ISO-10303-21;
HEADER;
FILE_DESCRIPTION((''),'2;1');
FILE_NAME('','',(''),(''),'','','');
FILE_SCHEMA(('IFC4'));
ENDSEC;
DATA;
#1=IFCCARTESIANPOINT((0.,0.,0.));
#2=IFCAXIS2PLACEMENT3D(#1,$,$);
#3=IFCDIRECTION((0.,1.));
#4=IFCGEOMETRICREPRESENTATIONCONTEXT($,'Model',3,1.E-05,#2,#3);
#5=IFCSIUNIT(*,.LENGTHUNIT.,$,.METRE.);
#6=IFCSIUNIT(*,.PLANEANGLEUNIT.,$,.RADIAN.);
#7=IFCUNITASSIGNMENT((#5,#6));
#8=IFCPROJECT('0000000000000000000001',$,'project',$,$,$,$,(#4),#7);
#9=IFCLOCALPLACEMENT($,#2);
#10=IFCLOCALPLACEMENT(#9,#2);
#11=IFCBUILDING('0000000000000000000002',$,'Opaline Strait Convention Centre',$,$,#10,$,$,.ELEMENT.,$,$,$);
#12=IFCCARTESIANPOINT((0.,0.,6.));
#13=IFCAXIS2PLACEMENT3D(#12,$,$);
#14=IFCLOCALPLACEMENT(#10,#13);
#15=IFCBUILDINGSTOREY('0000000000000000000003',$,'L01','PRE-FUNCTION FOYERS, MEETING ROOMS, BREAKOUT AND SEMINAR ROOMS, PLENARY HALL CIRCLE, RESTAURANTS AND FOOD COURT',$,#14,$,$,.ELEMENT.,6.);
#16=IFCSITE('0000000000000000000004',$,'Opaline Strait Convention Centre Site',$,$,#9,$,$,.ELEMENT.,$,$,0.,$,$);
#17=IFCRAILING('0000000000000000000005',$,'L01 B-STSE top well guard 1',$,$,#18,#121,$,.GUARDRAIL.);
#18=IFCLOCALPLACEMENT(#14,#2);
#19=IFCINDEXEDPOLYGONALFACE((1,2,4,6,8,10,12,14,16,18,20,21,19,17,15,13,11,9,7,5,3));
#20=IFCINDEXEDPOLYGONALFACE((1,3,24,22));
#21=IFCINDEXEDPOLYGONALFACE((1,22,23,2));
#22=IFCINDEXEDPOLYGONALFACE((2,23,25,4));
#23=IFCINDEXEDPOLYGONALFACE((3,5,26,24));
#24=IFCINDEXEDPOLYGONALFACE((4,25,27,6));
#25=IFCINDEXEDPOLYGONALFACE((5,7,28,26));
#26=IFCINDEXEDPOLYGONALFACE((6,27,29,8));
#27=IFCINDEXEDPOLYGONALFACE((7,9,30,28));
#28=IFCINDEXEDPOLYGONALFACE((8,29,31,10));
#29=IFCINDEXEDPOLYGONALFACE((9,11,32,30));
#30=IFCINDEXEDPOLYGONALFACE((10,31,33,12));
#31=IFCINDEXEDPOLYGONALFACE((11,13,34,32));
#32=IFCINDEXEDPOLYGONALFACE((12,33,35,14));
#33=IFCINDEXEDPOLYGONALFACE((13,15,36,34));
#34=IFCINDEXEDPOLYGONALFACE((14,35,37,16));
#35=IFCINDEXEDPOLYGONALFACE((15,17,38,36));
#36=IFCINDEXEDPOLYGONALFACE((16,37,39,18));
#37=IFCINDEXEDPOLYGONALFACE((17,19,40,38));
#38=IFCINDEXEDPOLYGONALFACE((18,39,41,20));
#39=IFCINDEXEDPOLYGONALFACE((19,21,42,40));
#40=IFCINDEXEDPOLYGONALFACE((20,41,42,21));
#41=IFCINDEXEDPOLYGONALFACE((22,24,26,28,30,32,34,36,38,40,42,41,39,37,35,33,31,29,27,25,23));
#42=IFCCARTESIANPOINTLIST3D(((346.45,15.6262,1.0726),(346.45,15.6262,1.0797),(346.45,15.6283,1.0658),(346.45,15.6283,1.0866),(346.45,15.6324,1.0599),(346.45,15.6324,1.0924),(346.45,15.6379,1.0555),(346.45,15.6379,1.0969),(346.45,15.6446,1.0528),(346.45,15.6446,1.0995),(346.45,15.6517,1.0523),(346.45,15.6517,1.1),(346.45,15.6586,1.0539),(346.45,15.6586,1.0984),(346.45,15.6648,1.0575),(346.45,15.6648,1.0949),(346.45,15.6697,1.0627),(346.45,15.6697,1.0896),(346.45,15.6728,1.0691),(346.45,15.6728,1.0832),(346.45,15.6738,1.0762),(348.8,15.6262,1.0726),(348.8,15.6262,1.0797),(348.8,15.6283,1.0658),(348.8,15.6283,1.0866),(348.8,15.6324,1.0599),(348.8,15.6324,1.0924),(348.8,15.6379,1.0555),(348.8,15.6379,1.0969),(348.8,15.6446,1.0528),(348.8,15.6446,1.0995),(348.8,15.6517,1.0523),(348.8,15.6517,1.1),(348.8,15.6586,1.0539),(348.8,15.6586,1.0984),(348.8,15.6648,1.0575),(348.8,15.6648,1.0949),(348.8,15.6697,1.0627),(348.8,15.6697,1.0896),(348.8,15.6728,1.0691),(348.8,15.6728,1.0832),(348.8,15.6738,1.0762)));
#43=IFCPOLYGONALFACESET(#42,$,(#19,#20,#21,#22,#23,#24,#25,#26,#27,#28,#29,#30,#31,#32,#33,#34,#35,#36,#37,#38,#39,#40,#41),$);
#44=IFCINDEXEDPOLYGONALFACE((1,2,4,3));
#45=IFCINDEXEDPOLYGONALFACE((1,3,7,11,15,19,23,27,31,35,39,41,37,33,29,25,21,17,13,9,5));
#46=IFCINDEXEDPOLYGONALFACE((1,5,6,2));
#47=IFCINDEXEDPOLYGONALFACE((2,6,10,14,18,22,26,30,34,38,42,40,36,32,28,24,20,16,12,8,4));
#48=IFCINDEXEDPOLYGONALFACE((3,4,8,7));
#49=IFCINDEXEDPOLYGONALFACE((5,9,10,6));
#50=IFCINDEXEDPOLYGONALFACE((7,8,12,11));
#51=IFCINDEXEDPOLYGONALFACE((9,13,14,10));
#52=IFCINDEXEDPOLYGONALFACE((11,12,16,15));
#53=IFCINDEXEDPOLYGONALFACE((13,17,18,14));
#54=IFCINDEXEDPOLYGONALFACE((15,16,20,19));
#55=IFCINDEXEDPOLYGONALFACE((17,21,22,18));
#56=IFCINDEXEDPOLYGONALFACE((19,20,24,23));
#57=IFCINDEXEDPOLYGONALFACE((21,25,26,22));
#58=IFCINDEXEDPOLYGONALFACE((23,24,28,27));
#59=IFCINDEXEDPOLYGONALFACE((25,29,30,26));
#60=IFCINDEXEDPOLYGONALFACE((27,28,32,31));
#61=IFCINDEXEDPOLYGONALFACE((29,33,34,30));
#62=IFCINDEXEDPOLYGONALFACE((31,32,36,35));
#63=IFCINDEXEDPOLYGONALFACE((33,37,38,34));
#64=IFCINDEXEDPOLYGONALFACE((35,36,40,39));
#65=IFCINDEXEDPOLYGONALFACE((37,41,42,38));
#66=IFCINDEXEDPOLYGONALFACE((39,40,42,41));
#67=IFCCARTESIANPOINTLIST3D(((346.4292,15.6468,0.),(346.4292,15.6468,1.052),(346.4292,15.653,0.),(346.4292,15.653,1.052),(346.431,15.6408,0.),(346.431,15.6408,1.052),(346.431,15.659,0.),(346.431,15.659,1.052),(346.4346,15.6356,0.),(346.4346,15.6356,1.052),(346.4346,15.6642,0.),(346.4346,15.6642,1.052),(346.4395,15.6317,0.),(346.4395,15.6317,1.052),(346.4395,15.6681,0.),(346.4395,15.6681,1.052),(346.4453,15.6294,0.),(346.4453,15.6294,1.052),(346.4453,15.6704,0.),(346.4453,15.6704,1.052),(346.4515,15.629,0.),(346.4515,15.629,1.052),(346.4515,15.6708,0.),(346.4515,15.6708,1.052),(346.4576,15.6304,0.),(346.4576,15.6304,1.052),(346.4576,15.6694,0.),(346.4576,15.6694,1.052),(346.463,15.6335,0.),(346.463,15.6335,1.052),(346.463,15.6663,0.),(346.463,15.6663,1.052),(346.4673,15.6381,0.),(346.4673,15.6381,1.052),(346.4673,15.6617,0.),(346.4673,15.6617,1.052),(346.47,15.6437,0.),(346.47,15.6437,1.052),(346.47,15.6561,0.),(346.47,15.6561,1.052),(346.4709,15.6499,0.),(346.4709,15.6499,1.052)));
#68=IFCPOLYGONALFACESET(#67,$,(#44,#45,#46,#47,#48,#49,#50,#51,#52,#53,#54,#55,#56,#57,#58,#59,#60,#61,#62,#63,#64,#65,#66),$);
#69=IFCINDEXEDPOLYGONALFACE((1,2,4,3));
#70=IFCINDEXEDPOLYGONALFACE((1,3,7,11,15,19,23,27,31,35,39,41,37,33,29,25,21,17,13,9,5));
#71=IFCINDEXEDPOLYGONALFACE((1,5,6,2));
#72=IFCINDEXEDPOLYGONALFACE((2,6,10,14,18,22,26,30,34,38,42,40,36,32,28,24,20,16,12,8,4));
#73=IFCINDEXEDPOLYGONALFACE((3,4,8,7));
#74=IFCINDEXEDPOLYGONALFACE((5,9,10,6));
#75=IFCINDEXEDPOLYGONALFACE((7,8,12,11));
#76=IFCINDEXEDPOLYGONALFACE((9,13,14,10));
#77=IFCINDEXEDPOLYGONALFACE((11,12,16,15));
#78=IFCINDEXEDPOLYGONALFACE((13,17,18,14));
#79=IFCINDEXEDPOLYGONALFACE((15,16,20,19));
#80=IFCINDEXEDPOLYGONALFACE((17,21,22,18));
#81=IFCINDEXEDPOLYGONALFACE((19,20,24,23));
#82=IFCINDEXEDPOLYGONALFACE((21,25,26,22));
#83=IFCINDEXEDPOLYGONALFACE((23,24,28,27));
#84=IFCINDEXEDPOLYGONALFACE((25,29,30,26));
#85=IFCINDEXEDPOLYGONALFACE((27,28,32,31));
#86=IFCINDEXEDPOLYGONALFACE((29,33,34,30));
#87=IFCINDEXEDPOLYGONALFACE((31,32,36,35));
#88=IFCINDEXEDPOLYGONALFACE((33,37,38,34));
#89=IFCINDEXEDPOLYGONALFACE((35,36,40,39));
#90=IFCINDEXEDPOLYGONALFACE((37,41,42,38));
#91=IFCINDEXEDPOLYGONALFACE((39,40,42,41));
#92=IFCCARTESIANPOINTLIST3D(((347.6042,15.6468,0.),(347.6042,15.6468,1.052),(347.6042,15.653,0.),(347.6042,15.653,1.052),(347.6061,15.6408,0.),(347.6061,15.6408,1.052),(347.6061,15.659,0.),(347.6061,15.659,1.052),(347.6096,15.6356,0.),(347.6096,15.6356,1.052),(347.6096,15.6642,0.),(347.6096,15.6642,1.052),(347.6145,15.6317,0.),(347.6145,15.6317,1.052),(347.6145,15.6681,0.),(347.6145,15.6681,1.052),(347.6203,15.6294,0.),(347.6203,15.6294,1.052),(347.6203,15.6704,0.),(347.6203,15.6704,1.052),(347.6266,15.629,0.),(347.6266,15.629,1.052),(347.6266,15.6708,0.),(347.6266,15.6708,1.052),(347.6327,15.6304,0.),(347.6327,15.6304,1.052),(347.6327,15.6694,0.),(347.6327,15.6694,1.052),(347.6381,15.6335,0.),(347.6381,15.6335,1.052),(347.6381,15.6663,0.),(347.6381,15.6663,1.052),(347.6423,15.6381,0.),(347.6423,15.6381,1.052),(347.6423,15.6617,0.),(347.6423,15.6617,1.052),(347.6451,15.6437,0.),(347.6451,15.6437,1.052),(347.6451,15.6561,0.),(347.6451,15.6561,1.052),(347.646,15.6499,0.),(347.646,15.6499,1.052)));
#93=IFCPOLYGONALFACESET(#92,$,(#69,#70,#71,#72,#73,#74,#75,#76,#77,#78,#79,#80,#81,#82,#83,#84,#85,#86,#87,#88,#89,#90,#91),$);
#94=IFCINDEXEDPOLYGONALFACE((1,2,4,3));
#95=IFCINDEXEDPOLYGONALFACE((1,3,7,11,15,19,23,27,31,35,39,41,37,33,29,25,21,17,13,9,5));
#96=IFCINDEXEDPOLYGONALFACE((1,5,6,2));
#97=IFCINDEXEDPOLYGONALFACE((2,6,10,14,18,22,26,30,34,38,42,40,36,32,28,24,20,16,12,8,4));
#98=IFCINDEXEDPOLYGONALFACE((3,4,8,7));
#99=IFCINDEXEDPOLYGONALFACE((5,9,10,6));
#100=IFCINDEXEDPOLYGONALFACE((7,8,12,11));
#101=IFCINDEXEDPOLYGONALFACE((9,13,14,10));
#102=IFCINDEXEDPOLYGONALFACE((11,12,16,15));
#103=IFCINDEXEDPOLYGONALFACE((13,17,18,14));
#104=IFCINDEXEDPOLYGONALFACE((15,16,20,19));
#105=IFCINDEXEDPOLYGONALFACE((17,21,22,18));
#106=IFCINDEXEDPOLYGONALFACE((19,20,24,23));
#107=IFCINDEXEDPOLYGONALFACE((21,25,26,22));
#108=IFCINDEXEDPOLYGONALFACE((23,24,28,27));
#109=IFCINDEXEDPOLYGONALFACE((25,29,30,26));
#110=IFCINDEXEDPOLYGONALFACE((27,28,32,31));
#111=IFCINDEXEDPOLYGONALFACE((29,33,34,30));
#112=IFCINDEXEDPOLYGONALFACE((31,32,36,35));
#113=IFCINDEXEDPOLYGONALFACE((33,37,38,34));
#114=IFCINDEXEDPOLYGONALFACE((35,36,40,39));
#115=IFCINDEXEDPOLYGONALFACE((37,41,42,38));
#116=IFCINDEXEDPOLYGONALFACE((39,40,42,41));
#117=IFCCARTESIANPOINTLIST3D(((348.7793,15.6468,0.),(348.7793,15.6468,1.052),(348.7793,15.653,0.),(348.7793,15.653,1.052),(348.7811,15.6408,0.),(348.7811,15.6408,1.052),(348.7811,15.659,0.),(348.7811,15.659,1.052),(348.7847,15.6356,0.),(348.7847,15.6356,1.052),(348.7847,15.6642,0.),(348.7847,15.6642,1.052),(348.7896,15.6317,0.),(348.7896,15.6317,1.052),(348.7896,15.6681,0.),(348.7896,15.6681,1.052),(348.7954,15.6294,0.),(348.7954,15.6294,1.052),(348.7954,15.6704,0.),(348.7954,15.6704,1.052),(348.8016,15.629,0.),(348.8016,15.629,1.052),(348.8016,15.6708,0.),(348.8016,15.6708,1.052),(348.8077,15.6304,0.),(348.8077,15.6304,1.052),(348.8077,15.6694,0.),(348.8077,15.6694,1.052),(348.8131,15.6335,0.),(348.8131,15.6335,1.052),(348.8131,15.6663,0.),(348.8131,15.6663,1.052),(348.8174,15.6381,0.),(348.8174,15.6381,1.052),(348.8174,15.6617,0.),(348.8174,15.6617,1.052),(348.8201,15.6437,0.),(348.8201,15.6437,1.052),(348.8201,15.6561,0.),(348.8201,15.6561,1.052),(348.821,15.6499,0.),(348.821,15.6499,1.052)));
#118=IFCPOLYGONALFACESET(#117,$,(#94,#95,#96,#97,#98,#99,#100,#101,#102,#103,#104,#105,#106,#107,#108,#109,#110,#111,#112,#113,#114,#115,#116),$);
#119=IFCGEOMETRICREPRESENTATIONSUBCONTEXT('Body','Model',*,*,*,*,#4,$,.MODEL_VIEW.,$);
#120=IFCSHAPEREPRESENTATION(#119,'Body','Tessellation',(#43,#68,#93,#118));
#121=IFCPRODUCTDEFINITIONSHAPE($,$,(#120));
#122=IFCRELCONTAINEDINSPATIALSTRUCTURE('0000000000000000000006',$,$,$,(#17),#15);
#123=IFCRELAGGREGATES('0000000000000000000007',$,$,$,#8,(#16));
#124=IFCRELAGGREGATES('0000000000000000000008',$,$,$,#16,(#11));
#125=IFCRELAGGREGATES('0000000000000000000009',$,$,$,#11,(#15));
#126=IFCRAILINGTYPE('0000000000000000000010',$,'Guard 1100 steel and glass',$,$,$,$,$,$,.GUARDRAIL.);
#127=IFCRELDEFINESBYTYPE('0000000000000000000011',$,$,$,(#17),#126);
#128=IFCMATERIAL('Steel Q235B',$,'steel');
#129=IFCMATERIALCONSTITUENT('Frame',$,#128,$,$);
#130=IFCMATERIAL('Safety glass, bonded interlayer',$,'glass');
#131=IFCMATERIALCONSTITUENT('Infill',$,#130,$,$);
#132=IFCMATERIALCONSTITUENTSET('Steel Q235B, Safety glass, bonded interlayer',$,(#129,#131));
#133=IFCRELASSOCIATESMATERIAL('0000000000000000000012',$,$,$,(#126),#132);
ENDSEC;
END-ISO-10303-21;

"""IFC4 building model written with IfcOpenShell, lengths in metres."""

from ifc_helpers import new_model, si_unit, direction, frame, origin, origin_2d, place, context, subcontext, project, spatial, circle, extrude, material, constituent, constituent_set, type_object, element, save


model = new_model("IFC4")

# Units and contexts
model_context = context("Model", 3, precision=1e-05, world=origin(), true_north=direction((0.0, 1.0)))
body_context = subcontext(model_context, "Body", "Model", "MODEL_VIEW")
ifc_project = project(units=[si_unit("LENGTHUNIT", "METRE"), si_unit("PLANEANGLEUNIT", "RADIAN")], contexts=[model_context])

# Site, building, storey
site_placement = place(None, origin())
site = spatial("IfcSite", under=ifc_project, at=site_placement, Name="Opaline Strait Convention Centre Site", CompositionType="ELEMENT", RefElevation=0.0)
building_placement = place(site_placement, origin())
building = spatial("IfcBuilding", under=site, at=building_placement, Name="Opaline Strait Convention Centre", CompositionType="ELEMENT")
storey_placement = place(building_placement, frame((0.0, 0.0, 6.0)))
storey = spatial("IfcBuildingStorey", under=building, at=storey_placement, Name="L01", Description="PRE-FUNCTION FOYERS, MEETING ROOMS, BREAKOUT AND SEMINAR ROOMS, PLENARY HALL CIRCLE, RESTAURANTS AND FOOD COURT", CompositionType="ELEMENT", Elevation=6.0)

# Shared definitions
ifc_material_1 = material(Name="Steel Q235B", Category="steel")

# Railing
ifc_constituent_1 = constituent(ifc_material_1, Name="Frame")
ifc_material_2 = material(Name="Safety glass, bonded interlayer", Category="glass")
ifc_constituent_2 = constituent(ifc_material_2, Name="Infill")
ifc_constituent_set = constituent_set(constituents=[ifc_constituent_1, ifc_constituent_2], Name="Steel Q235B, Safety glass, bonded interlayer")
railing_type = type_object("IfcRailingType", Name="Guard 1100 steel and glass", PredefinedType="GUARDRAIL", material=ifc_constituent_set)
railing_placement = place(storey_placement, frame((346.45, 15.6499, 0.0)))
element("IfcRailing", 1, at=railing_placement, inside=storey, type_object=railing_type, Name="L01 B-STSE top well guard 1", PredefinedType="GUARDRAIL", context=body_context, shape_type="SweptSolid", body=[
    extrude(circle(Radius=0.0239, at=origin_2d()), frame((0.0, 0.0, 1.0762), z_axis=(1.0, 0.0, 0.0), x_axis=(0.0, 1.0, 0.0)), (0.0, 0.0, 1.0), 2.3501),
    extrude(circle(Radius=0.021, at=origin_2d()), origin(), (0.0, 0.0, 1.0), 1.052),
    extrude(circle(Radius=0.021, at=origin_2d()), frame((1.175, 0.0, 0.0)), (0.0, 0.0, 1.0), 1.052),
    extrude(circle(Radius=0.021, at=origin_2d()), frame((2.3501, 0.0, 0.0)), (0.0, 0.0, 1.0), 1.052),
])

save(model, "model.ifc")
